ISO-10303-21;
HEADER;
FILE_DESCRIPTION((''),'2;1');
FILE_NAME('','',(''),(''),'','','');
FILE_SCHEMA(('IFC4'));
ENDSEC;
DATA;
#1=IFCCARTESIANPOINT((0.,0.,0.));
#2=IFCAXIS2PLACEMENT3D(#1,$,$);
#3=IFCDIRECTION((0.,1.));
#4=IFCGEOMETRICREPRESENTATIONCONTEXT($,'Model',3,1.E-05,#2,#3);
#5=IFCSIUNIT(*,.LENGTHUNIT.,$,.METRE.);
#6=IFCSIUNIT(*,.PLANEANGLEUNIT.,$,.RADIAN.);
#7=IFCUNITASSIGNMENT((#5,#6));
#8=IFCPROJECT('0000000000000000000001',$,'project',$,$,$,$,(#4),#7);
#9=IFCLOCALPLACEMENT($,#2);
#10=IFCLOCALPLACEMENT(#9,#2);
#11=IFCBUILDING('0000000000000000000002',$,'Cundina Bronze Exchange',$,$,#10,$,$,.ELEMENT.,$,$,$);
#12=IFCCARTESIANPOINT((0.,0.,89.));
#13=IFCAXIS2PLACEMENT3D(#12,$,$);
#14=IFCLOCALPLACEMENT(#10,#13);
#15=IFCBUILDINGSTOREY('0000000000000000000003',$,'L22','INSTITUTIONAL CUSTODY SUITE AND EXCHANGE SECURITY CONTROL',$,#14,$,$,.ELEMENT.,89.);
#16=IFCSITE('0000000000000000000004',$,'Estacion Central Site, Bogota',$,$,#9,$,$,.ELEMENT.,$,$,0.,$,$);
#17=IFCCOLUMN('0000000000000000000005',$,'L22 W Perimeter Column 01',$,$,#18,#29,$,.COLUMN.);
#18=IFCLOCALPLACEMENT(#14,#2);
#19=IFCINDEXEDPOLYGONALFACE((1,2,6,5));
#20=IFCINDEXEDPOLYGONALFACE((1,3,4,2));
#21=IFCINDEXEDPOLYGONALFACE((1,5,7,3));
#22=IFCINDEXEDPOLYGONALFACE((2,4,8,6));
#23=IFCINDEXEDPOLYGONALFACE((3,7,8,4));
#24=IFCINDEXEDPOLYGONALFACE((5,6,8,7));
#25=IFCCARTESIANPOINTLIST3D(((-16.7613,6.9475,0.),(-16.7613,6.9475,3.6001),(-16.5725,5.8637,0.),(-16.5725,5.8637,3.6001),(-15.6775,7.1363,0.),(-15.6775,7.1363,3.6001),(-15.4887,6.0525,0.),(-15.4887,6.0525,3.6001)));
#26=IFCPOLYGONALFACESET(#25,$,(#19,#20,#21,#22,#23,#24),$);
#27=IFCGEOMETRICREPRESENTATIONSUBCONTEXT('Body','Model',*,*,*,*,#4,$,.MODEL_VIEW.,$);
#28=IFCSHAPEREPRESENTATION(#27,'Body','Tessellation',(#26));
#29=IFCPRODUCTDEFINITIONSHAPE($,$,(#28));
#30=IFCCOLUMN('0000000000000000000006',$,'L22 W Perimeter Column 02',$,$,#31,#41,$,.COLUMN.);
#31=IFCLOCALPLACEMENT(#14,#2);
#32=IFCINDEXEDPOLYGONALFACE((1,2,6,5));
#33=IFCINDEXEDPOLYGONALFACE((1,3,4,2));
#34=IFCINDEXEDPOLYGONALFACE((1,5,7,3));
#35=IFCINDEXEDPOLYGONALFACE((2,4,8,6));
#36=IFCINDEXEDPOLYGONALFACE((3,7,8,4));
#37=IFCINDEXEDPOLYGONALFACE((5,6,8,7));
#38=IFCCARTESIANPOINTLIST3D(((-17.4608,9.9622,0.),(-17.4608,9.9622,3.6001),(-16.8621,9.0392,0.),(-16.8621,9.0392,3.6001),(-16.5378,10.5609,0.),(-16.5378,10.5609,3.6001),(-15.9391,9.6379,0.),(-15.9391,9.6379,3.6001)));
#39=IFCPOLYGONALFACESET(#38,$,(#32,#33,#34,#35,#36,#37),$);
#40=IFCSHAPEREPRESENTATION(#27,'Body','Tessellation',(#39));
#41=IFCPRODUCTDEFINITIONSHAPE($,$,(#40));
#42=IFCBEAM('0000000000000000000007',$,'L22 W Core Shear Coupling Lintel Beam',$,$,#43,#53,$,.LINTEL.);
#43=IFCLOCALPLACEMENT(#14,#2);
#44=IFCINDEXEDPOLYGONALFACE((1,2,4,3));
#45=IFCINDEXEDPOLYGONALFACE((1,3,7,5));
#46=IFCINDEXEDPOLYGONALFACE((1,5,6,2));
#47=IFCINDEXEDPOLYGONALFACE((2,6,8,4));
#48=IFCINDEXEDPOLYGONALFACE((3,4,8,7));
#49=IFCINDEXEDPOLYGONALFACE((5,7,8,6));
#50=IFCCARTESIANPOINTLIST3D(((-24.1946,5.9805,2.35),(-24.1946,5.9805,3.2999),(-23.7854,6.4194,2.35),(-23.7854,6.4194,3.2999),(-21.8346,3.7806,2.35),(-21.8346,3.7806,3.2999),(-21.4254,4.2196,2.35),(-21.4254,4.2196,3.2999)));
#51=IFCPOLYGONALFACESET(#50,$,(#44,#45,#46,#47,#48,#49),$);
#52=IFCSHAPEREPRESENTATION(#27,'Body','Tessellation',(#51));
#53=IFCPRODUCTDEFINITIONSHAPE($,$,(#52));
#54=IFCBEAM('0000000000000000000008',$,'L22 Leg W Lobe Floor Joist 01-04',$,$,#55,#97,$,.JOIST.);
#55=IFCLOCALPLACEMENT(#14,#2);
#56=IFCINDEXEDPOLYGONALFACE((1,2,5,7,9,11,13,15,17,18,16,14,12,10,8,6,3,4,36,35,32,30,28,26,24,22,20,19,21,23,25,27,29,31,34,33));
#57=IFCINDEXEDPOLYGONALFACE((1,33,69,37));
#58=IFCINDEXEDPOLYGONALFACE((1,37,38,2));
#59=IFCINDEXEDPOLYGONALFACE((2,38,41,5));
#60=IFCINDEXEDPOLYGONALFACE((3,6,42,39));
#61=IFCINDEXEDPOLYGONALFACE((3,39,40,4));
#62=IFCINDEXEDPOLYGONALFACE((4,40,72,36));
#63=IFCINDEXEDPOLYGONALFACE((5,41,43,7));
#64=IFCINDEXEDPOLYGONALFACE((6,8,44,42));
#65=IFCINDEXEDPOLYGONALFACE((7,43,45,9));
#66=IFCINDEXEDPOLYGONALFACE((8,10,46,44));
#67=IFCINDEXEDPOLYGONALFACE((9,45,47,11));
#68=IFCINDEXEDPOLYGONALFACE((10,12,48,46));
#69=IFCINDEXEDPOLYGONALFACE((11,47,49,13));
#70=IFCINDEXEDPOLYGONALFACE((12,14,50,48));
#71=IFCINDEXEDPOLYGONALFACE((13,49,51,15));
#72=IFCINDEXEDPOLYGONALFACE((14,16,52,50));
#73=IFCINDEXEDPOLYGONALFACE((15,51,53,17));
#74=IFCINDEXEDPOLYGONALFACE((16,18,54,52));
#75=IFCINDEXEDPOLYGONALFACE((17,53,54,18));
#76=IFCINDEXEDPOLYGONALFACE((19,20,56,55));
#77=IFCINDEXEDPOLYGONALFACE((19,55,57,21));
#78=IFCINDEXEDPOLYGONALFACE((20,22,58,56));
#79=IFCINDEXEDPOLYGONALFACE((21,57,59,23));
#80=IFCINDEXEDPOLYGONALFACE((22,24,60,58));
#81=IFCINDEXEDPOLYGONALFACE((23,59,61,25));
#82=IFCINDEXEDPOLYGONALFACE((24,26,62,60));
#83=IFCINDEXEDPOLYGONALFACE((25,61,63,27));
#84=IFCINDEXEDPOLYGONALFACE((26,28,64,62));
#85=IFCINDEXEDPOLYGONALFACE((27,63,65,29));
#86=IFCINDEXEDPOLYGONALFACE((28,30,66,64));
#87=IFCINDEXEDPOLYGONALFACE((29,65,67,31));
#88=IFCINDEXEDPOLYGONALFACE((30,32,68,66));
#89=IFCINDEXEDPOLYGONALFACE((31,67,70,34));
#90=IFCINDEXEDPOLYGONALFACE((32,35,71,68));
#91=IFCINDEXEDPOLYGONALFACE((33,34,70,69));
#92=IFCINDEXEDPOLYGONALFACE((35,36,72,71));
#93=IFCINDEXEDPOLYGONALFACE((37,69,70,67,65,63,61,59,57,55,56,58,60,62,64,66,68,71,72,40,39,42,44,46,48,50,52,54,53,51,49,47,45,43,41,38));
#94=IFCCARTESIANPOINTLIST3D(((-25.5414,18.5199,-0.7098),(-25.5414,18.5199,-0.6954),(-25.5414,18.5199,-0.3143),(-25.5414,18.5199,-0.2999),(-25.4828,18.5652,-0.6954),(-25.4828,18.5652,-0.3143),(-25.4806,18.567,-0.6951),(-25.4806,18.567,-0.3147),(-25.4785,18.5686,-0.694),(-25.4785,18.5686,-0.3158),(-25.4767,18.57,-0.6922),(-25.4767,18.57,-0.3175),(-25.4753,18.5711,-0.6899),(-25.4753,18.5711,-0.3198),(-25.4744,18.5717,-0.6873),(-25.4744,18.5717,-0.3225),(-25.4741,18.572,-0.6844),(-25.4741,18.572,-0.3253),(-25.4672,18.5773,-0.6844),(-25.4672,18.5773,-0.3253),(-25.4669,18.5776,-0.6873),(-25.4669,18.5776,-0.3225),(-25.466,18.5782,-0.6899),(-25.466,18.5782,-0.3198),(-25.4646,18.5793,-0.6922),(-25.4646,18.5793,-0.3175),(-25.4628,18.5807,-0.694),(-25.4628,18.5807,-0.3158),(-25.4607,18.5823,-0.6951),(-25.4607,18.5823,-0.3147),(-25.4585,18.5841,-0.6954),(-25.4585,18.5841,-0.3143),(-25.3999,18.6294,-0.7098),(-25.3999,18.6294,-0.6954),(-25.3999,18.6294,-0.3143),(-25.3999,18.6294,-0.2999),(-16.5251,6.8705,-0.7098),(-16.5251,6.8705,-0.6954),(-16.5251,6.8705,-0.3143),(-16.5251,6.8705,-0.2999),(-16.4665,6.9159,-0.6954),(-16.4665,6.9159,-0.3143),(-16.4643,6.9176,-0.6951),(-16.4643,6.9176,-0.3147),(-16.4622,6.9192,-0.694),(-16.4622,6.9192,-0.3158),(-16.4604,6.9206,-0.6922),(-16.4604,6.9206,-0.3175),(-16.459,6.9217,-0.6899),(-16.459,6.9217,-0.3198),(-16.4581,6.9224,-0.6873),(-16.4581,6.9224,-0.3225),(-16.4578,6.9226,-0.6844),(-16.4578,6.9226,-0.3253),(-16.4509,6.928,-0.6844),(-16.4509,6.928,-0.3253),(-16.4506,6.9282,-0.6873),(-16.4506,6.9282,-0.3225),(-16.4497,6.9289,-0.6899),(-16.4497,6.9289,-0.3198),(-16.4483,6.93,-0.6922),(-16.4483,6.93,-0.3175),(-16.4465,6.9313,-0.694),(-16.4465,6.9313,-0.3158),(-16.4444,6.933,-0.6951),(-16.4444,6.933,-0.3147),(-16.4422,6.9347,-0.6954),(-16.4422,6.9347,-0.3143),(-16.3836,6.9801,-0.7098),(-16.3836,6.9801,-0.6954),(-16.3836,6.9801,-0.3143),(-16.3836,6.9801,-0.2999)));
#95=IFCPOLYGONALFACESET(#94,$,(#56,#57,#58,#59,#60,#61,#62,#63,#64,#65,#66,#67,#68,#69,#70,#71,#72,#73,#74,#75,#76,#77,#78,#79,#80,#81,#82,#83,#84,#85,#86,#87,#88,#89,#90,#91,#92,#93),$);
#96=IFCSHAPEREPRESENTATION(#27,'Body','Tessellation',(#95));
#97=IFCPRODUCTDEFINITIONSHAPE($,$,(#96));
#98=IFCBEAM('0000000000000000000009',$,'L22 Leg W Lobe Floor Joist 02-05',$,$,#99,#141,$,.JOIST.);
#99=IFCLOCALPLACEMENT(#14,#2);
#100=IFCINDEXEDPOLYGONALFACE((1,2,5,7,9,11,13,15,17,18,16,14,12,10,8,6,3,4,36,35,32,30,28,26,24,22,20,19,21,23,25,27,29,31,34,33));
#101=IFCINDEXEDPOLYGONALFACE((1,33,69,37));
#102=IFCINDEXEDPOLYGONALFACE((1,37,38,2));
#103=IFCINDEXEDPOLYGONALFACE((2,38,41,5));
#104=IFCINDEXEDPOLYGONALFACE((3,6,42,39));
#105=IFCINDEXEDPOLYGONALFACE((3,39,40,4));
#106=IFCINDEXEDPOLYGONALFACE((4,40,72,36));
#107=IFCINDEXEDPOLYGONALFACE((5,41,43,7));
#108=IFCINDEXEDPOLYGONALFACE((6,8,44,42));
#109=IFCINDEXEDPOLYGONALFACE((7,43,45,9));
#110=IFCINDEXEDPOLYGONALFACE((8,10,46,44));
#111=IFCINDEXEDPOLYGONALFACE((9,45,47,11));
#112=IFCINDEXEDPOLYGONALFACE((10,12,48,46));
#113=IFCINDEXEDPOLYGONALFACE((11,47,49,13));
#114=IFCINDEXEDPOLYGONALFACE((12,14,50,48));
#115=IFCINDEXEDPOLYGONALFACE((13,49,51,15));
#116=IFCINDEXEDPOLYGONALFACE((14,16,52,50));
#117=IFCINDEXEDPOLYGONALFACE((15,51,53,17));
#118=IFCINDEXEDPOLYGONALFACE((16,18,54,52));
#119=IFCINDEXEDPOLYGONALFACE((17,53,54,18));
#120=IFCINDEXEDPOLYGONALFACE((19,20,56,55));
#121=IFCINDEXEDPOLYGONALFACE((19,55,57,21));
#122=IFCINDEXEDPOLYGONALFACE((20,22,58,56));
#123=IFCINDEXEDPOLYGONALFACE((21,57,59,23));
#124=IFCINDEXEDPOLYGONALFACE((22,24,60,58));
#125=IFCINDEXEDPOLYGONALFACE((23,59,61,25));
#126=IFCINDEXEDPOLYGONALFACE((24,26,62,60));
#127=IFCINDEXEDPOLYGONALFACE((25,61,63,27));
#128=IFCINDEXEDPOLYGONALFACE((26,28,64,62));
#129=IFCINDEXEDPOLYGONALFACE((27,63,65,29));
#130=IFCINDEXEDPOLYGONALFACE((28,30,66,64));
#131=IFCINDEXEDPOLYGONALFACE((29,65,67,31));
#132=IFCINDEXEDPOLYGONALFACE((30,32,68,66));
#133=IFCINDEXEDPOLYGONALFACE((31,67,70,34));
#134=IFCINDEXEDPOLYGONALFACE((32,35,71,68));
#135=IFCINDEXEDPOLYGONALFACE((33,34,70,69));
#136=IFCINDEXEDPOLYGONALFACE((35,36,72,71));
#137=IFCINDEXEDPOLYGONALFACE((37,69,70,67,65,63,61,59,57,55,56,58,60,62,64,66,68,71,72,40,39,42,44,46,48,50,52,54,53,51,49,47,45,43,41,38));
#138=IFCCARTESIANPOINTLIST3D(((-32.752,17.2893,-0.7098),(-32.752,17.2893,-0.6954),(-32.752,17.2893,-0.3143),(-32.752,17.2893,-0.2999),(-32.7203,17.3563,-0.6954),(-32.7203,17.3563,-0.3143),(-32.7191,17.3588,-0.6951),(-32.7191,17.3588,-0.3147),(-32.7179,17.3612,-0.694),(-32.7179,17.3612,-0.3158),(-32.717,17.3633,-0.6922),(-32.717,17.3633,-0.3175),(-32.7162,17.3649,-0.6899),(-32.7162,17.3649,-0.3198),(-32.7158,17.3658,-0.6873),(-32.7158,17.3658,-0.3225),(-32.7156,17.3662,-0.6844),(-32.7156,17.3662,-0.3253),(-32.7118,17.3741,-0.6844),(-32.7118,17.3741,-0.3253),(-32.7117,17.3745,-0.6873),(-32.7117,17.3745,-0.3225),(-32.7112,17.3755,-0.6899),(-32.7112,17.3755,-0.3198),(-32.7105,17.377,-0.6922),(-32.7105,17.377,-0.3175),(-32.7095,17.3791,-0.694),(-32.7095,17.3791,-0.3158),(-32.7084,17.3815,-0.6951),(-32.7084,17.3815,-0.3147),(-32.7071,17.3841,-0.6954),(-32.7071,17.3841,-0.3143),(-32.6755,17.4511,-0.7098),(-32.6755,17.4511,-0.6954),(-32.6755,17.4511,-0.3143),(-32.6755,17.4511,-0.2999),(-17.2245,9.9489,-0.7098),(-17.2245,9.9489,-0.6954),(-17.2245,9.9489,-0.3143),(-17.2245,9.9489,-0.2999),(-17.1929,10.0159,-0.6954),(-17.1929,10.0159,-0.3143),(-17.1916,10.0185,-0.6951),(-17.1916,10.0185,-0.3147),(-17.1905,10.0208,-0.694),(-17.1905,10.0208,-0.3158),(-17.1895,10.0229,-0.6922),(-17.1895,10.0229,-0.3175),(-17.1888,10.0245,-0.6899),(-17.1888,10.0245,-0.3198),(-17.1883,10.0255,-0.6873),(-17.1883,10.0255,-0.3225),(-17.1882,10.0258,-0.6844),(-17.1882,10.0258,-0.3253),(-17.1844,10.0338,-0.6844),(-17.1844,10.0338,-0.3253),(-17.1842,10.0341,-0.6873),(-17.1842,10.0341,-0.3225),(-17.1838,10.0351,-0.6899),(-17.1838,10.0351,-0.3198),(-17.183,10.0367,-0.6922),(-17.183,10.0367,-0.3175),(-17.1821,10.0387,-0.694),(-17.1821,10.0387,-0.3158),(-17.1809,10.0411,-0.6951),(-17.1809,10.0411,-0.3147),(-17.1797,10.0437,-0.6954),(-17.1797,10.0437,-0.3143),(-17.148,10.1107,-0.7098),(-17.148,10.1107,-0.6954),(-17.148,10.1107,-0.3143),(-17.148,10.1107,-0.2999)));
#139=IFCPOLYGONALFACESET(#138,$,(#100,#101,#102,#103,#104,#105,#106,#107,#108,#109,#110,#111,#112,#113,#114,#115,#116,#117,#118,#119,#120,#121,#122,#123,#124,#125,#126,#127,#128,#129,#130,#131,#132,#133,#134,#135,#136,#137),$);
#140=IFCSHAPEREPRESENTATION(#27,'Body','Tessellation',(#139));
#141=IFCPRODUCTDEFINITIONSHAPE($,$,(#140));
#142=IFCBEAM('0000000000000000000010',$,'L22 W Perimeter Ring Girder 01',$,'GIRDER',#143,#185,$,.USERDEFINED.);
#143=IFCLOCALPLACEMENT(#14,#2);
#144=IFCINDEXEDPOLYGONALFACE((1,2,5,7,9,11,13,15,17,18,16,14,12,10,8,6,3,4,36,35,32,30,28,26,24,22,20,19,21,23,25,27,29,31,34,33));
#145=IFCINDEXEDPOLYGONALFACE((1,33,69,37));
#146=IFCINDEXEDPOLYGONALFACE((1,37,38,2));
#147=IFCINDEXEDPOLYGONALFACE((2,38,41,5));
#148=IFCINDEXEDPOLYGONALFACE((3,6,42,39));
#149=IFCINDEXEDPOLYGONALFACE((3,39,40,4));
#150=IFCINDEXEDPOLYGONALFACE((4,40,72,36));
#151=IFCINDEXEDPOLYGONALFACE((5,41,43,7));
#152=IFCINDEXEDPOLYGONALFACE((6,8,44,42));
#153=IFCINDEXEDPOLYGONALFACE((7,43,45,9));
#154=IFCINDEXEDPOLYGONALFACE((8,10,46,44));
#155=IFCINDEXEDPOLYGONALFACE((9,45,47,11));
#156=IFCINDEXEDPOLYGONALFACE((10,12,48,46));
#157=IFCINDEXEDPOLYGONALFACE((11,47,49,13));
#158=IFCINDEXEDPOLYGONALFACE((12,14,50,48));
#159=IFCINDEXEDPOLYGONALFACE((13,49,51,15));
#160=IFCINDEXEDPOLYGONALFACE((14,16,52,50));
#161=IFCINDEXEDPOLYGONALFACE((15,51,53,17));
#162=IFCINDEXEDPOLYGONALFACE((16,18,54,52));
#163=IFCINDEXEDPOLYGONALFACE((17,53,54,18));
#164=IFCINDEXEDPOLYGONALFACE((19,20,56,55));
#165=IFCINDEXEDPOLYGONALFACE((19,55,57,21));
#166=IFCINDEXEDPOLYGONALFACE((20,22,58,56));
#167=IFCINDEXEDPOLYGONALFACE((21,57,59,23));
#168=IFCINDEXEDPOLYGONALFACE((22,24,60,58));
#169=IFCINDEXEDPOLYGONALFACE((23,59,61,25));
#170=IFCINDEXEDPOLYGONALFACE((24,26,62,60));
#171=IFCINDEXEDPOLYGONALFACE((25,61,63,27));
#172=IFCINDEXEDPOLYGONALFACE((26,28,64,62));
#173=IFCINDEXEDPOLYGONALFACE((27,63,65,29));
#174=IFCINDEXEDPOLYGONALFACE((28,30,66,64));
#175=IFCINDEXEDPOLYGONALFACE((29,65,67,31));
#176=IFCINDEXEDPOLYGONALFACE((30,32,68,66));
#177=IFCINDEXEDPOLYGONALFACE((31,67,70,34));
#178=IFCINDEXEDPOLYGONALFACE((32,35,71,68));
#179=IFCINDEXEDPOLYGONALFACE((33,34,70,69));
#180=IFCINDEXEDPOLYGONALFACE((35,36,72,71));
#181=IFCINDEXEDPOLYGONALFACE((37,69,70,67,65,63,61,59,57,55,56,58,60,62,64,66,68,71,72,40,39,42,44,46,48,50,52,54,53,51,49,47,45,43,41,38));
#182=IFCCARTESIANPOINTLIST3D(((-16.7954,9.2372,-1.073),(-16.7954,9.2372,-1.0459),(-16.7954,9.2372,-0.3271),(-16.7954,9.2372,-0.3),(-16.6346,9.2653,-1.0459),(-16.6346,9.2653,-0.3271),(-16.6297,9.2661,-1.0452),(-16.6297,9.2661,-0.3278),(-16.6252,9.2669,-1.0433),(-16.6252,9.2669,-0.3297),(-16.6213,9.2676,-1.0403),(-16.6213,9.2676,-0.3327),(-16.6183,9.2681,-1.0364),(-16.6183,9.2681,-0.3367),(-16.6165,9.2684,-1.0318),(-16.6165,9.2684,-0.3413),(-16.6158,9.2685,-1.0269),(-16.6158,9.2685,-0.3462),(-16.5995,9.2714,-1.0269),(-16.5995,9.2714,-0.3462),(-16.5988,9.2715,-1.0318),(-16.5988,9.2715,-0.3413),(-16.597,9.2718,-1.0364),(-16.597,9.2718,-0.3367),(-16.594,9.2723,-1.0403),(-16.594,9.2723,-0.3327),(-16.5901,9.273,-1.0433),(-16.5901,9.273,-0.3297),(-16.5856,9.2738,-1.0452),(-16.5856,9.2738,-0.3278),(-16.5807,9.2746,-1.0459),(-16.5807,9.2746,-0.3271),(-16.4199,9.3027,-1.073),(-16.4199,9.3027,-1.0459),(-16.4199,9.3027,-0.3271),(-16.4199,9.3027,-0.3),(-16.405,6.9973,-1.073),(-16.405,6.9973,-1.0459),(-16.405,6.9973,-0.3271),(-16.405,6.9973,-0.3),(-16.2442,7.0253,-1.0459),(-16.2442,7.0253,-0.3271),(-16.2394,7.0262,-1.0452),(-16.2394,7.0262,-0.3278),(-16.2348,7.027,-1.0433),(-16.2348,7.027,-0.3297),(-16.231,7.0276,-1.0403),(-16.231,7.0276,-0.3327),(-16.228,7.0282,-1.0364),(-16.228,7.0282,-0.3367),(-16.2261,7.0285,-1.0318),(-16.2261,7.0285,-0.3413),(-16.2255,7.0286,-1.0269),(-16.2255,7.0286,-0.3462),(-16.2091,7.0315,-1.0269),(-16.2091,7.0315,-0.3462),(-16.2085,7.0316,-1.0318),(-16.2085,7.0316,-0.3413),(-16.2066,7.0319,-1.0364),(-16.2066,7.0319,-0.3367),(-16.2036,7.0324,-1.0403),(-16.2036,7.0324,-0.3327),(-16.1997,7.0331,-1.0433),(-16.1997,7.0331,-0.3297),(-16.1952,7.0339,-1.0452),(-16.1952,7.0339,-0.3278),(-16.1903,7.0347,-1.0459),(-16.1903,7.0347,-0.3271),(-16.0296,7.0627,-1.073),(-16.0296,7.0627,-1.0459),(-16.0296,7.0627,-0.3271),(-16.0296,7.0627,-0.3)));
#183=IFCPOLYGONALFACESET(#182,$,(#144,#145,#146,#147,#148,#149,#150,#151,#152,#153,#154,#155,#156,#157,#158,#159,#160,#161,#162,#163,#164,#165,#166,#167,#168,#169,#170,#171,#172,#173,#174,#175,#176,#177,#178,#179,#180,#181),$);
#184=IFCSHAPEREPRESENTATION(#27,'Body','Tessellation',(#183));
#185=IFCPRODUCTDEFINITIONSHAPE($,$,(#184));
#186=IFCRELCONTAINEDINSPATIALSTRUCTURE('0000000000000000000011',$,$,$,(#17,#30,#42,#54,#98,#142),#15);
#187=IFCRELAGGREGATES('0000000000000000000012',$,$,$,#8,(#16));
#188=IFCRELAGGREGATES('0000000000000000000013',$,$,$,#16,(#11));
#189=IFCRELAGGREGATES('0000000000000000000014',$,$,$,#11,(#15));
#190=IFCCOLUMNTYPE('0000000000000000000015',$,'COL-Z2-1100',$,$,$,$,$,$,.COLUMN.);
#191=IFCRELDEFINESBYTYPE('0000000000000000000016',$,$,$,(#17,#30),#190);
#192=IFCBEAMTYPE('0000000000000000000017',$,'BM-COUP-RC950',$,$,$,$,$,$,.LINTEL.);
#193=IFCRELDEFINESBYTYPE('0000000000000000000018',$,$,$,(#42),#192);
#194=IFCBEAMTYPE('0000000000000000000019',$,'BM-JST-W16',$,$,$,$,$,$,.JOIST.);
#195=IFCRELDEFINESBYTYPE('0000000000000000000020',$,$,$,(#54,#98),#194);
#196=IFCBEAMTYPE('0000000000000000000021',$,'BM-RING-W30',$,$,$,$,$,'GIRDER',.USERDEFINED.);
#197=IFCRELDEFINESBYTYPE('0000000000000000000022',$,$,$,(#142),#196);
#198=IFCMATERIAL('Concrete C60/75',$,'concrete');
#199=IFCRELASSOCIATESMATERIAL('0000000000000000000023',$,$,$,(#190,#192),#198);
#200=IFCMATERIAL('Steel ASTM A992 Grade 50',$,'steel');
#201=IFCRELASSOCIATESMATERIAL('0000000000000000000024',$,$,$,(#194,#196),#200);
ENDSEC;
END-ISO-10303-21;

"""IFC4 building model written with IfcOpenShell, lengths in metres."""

from ifc_helpers import new_model, si_unit, direction, frame, origin, origin_2d, place, context, subcontext, project, spatial, rectangle, i_section, extrude, material, material_profile, profile_set, type_object, element, save


model = new_model("IFC4")

# Units and contexts
model_context = context("Model", 3, precision=1e-05, world=origin(), true_north=direction((0.0, 1.0)))
body_context = subcontext(model_context, "Body", "Model", "MODEL_VIEW")
ifc_project = project(units=[si_unit("LENGTHUNIT", "METRE"), si_unit("PLANEANGLEUNIT", "RADIAN")], contexts=[model_context])

# Site, building, storey
site_placement = place(None, origin())
site = spatial("IfcSite", under=ifc_project, at=site_placement, Name="Estacion Central Site, Bogota", CompositionType="ELEMENT", RefElevation=0.0)
building_placement = place(site_placement, origin())
building = spatial("IfcBuilding", under=site, at=building_placement, Name="Cundina Bronze Exchange", CompositionType="ELEMENT")
storey_placement = place(building_placement, frame((0.0, 0.0, 89.0)))
storey = spatial("IfcBuildingStorey", under=building, at=storey_placement, Name="L22", Description="INSTITUTIONAL CUSTODY SUITE AND EXCHANGE SECURITY CONTROL", CompositionType="ELEMENT", Elevation=89.0)

# Columns
ifc_material_1 = material(Name="Concrete C60/75", Category="concrete")
ifc_material_profile_1 = material_profile(ifc_material_1, rectangle(XDim=1.1001, YDim=1.1001, at=origin_2d()), Name="RC1100X1100", Category="concrete")
ifc_profile_set_1 = profile_set([ifc_material_profile_1], Name="Concrete C60/75")
column_type = type_object("IfcColumnType", Name="COL-Z2-1100", PredefinedType="COLUMN", material=ifc_profile_set_1)
for number, where, z_axis, x_axis, name in (
    (1, (-16.125, 6.5, 0.0), (0.0, 0.0, 1.0), (-0.171585, 0.985169, 0.0), "L22 W Perimeter Column 01"),
    (2, (-16.7, 9.8, 0.0), (0.0, 0.0, 1.0), (-0.5442, 0.838956, 0.0), "L22 W Perimeter Column 02"),
):
    element("IfcColumn", number, at=place(storey_placement, frame(where, z_axis=z_axis, x_axis=x_axis)), inside=storey, type_object=column_type, Name=name, PredefinedType="COLUMN", context=body_context, shape_type="SweptSolid", body=[
        extrude(rectangle(XDim=1.1001, YDim=1.1001, at=origin_2d()), origin(), (0.0, 0.0, 1.0), 3.6001),
    ])

# Beams
ifc_material_profile_2 = material_profile(ifc_material_1, rectangle(XDim=0.6001, YDim=0.95, at=origin_2d()), Name="RC600X950", Category="concrete")
ifc_profile_set_2 = profile_set([ifc_material_profile_2], Name="Concrete C60/75")
beam_type_1 = type_object("IfcBeamType", Name="BM-COUP-RC950", PredefinedType="LINTEL", material=ifc_profile_set_2)
beam_1_placement = place(storey_placement, frame((-23.99, 6.2, 2.825), z_axis=(0.73149, -0.681852, 0.0), x_axis=(0.681852, 0.73149, 0.0)))
element("IfcBeam", 3, at=beam_1_placement, inside=storey, type_object=beam_type_1, Name="L22 W Core Shear Coupling Lintel Beam", PredefinedType="LINTEL", context=body_context, shape_type="SweptSolid", body=[
    extrude(rectangle(XDim=0.6001, YDim=0.95, at=origin_2d()), origin(), (0.0, 0.0, 1.0), 3.2263),
])
ifc_material_2 = material(Name="Steel ASTM A992 Grade 50", Category="steel")
ifc_material_profile_3 = material_profile(ifc_material_2, i_section(OverallWidth=0.179, OverallDepth=0.4099, WebThickness=0.0088, FlangeThickness=0.0144, FilletRadius=0.011, at=origin_2d()), Name="W16X45", Category="steel")
ifc_profile_set_3 = profile_set([ifc_material_profile_3], Name="Steel ASTM A992 Grade 50")
beam_type_2 = type_object("IfcBeamType", Name="BM-JST-W16", PredefinedType="JOIST", material=ifc_profile_set_3)
beam_2_placement = place(storey_placement, frame((-16.4543, 6.9253, -0.5049), z_axis=(-0.612065, 0.790807, 0.0), x_axis=(-0.790807, -0.612065, 0.0)))
element("IfcBeam", 4, at=beam_2_placement, inside=storey, type_object=beam_type_2, Name="L22 Leg W Lobe Floor Joist 01-04", PredefinedType="JOIST", context=body_context, shape_type="SweptSolid", body=[
    extrude(i_section(OverallWidth=0.179, OverallDepth=0.4099, WebThickness=0.0088, FlangeThickness=0.0144, FilletRadius=0.011, at=origin_2d()), origin(), (0.0, 0.0, 1.0), 14.731),
])
beam_3_placement = place(storey_placement, frame((-17.1863, 10.0298, -0.5049), z_axis=(-0.904069, 0.427386, 0.0), x_axis=(-0.427386, -0.904069, 0.0)))
element("IfcBeam", 5, at=beam_3_placement, inside=storey, type_object=beam_type_2, Name="L22 Leg W Lobe Floor Joist 02-05", PredefinedType="JOIST", context=body_context, shape_type="SweptSolid", body=[
    extrude(i_section(OverallWidth=0.179, OverallDepth=0.4099, WebThickness=0.0088, FlangeThickness=0.0144, FilletRadius=0.011, at=origin_2d()), origin(), (0.0, 0.0, 1.0), 17.175),
])
ifc_material_profile_4 = material_profile(ifc_material_2, i_section(OverallWidth=0.3811, OverallDepth=0.7729, WebThickness=0.0166, FlangeThickness=0.0271, FilletRadius=0.019, at=origin_2d()), Name="W30X173", Category="steel")
ifc_profile_set_4 = profile_set([ifc_material_profile_4], Name="Steel ASTM A992 Grade 50")
beam_type_3 = type_object("IfcBeamType", Name="BM-RING-W30", ElementType="GIRDER", PredefinedType="USERDEFINED", material=ifc_profile_set_4)
beam_4_placement = place(storey_placement, frame((-16.2173, 7.03, -0.6865), z_axis=(-0.17169, 0.985151, 0.0), x_axis=(-0.985151, -0.17169, 0.0)))
element("IfcBeam", 6, at=beam_4_placement, inside=storey, type_object=beam_type_3, Name="L22 W Perimeter Ring Girder 01", ObjectType="GIRDER", PredefinedType="USERDEFINED", context=body_context, shape_type="SweptSolid", body=[
    extrude(i_section(OverallWidth=0.3811, OverallDepth=0.7729, WebThickness=0.0166, FlangeThickness=0.0271, FilletRadius=0.019, at=origin_2d()), origin(), (0.0, 0.0, 1.0), 2.2737),
])

save(model, "model.ifc")
